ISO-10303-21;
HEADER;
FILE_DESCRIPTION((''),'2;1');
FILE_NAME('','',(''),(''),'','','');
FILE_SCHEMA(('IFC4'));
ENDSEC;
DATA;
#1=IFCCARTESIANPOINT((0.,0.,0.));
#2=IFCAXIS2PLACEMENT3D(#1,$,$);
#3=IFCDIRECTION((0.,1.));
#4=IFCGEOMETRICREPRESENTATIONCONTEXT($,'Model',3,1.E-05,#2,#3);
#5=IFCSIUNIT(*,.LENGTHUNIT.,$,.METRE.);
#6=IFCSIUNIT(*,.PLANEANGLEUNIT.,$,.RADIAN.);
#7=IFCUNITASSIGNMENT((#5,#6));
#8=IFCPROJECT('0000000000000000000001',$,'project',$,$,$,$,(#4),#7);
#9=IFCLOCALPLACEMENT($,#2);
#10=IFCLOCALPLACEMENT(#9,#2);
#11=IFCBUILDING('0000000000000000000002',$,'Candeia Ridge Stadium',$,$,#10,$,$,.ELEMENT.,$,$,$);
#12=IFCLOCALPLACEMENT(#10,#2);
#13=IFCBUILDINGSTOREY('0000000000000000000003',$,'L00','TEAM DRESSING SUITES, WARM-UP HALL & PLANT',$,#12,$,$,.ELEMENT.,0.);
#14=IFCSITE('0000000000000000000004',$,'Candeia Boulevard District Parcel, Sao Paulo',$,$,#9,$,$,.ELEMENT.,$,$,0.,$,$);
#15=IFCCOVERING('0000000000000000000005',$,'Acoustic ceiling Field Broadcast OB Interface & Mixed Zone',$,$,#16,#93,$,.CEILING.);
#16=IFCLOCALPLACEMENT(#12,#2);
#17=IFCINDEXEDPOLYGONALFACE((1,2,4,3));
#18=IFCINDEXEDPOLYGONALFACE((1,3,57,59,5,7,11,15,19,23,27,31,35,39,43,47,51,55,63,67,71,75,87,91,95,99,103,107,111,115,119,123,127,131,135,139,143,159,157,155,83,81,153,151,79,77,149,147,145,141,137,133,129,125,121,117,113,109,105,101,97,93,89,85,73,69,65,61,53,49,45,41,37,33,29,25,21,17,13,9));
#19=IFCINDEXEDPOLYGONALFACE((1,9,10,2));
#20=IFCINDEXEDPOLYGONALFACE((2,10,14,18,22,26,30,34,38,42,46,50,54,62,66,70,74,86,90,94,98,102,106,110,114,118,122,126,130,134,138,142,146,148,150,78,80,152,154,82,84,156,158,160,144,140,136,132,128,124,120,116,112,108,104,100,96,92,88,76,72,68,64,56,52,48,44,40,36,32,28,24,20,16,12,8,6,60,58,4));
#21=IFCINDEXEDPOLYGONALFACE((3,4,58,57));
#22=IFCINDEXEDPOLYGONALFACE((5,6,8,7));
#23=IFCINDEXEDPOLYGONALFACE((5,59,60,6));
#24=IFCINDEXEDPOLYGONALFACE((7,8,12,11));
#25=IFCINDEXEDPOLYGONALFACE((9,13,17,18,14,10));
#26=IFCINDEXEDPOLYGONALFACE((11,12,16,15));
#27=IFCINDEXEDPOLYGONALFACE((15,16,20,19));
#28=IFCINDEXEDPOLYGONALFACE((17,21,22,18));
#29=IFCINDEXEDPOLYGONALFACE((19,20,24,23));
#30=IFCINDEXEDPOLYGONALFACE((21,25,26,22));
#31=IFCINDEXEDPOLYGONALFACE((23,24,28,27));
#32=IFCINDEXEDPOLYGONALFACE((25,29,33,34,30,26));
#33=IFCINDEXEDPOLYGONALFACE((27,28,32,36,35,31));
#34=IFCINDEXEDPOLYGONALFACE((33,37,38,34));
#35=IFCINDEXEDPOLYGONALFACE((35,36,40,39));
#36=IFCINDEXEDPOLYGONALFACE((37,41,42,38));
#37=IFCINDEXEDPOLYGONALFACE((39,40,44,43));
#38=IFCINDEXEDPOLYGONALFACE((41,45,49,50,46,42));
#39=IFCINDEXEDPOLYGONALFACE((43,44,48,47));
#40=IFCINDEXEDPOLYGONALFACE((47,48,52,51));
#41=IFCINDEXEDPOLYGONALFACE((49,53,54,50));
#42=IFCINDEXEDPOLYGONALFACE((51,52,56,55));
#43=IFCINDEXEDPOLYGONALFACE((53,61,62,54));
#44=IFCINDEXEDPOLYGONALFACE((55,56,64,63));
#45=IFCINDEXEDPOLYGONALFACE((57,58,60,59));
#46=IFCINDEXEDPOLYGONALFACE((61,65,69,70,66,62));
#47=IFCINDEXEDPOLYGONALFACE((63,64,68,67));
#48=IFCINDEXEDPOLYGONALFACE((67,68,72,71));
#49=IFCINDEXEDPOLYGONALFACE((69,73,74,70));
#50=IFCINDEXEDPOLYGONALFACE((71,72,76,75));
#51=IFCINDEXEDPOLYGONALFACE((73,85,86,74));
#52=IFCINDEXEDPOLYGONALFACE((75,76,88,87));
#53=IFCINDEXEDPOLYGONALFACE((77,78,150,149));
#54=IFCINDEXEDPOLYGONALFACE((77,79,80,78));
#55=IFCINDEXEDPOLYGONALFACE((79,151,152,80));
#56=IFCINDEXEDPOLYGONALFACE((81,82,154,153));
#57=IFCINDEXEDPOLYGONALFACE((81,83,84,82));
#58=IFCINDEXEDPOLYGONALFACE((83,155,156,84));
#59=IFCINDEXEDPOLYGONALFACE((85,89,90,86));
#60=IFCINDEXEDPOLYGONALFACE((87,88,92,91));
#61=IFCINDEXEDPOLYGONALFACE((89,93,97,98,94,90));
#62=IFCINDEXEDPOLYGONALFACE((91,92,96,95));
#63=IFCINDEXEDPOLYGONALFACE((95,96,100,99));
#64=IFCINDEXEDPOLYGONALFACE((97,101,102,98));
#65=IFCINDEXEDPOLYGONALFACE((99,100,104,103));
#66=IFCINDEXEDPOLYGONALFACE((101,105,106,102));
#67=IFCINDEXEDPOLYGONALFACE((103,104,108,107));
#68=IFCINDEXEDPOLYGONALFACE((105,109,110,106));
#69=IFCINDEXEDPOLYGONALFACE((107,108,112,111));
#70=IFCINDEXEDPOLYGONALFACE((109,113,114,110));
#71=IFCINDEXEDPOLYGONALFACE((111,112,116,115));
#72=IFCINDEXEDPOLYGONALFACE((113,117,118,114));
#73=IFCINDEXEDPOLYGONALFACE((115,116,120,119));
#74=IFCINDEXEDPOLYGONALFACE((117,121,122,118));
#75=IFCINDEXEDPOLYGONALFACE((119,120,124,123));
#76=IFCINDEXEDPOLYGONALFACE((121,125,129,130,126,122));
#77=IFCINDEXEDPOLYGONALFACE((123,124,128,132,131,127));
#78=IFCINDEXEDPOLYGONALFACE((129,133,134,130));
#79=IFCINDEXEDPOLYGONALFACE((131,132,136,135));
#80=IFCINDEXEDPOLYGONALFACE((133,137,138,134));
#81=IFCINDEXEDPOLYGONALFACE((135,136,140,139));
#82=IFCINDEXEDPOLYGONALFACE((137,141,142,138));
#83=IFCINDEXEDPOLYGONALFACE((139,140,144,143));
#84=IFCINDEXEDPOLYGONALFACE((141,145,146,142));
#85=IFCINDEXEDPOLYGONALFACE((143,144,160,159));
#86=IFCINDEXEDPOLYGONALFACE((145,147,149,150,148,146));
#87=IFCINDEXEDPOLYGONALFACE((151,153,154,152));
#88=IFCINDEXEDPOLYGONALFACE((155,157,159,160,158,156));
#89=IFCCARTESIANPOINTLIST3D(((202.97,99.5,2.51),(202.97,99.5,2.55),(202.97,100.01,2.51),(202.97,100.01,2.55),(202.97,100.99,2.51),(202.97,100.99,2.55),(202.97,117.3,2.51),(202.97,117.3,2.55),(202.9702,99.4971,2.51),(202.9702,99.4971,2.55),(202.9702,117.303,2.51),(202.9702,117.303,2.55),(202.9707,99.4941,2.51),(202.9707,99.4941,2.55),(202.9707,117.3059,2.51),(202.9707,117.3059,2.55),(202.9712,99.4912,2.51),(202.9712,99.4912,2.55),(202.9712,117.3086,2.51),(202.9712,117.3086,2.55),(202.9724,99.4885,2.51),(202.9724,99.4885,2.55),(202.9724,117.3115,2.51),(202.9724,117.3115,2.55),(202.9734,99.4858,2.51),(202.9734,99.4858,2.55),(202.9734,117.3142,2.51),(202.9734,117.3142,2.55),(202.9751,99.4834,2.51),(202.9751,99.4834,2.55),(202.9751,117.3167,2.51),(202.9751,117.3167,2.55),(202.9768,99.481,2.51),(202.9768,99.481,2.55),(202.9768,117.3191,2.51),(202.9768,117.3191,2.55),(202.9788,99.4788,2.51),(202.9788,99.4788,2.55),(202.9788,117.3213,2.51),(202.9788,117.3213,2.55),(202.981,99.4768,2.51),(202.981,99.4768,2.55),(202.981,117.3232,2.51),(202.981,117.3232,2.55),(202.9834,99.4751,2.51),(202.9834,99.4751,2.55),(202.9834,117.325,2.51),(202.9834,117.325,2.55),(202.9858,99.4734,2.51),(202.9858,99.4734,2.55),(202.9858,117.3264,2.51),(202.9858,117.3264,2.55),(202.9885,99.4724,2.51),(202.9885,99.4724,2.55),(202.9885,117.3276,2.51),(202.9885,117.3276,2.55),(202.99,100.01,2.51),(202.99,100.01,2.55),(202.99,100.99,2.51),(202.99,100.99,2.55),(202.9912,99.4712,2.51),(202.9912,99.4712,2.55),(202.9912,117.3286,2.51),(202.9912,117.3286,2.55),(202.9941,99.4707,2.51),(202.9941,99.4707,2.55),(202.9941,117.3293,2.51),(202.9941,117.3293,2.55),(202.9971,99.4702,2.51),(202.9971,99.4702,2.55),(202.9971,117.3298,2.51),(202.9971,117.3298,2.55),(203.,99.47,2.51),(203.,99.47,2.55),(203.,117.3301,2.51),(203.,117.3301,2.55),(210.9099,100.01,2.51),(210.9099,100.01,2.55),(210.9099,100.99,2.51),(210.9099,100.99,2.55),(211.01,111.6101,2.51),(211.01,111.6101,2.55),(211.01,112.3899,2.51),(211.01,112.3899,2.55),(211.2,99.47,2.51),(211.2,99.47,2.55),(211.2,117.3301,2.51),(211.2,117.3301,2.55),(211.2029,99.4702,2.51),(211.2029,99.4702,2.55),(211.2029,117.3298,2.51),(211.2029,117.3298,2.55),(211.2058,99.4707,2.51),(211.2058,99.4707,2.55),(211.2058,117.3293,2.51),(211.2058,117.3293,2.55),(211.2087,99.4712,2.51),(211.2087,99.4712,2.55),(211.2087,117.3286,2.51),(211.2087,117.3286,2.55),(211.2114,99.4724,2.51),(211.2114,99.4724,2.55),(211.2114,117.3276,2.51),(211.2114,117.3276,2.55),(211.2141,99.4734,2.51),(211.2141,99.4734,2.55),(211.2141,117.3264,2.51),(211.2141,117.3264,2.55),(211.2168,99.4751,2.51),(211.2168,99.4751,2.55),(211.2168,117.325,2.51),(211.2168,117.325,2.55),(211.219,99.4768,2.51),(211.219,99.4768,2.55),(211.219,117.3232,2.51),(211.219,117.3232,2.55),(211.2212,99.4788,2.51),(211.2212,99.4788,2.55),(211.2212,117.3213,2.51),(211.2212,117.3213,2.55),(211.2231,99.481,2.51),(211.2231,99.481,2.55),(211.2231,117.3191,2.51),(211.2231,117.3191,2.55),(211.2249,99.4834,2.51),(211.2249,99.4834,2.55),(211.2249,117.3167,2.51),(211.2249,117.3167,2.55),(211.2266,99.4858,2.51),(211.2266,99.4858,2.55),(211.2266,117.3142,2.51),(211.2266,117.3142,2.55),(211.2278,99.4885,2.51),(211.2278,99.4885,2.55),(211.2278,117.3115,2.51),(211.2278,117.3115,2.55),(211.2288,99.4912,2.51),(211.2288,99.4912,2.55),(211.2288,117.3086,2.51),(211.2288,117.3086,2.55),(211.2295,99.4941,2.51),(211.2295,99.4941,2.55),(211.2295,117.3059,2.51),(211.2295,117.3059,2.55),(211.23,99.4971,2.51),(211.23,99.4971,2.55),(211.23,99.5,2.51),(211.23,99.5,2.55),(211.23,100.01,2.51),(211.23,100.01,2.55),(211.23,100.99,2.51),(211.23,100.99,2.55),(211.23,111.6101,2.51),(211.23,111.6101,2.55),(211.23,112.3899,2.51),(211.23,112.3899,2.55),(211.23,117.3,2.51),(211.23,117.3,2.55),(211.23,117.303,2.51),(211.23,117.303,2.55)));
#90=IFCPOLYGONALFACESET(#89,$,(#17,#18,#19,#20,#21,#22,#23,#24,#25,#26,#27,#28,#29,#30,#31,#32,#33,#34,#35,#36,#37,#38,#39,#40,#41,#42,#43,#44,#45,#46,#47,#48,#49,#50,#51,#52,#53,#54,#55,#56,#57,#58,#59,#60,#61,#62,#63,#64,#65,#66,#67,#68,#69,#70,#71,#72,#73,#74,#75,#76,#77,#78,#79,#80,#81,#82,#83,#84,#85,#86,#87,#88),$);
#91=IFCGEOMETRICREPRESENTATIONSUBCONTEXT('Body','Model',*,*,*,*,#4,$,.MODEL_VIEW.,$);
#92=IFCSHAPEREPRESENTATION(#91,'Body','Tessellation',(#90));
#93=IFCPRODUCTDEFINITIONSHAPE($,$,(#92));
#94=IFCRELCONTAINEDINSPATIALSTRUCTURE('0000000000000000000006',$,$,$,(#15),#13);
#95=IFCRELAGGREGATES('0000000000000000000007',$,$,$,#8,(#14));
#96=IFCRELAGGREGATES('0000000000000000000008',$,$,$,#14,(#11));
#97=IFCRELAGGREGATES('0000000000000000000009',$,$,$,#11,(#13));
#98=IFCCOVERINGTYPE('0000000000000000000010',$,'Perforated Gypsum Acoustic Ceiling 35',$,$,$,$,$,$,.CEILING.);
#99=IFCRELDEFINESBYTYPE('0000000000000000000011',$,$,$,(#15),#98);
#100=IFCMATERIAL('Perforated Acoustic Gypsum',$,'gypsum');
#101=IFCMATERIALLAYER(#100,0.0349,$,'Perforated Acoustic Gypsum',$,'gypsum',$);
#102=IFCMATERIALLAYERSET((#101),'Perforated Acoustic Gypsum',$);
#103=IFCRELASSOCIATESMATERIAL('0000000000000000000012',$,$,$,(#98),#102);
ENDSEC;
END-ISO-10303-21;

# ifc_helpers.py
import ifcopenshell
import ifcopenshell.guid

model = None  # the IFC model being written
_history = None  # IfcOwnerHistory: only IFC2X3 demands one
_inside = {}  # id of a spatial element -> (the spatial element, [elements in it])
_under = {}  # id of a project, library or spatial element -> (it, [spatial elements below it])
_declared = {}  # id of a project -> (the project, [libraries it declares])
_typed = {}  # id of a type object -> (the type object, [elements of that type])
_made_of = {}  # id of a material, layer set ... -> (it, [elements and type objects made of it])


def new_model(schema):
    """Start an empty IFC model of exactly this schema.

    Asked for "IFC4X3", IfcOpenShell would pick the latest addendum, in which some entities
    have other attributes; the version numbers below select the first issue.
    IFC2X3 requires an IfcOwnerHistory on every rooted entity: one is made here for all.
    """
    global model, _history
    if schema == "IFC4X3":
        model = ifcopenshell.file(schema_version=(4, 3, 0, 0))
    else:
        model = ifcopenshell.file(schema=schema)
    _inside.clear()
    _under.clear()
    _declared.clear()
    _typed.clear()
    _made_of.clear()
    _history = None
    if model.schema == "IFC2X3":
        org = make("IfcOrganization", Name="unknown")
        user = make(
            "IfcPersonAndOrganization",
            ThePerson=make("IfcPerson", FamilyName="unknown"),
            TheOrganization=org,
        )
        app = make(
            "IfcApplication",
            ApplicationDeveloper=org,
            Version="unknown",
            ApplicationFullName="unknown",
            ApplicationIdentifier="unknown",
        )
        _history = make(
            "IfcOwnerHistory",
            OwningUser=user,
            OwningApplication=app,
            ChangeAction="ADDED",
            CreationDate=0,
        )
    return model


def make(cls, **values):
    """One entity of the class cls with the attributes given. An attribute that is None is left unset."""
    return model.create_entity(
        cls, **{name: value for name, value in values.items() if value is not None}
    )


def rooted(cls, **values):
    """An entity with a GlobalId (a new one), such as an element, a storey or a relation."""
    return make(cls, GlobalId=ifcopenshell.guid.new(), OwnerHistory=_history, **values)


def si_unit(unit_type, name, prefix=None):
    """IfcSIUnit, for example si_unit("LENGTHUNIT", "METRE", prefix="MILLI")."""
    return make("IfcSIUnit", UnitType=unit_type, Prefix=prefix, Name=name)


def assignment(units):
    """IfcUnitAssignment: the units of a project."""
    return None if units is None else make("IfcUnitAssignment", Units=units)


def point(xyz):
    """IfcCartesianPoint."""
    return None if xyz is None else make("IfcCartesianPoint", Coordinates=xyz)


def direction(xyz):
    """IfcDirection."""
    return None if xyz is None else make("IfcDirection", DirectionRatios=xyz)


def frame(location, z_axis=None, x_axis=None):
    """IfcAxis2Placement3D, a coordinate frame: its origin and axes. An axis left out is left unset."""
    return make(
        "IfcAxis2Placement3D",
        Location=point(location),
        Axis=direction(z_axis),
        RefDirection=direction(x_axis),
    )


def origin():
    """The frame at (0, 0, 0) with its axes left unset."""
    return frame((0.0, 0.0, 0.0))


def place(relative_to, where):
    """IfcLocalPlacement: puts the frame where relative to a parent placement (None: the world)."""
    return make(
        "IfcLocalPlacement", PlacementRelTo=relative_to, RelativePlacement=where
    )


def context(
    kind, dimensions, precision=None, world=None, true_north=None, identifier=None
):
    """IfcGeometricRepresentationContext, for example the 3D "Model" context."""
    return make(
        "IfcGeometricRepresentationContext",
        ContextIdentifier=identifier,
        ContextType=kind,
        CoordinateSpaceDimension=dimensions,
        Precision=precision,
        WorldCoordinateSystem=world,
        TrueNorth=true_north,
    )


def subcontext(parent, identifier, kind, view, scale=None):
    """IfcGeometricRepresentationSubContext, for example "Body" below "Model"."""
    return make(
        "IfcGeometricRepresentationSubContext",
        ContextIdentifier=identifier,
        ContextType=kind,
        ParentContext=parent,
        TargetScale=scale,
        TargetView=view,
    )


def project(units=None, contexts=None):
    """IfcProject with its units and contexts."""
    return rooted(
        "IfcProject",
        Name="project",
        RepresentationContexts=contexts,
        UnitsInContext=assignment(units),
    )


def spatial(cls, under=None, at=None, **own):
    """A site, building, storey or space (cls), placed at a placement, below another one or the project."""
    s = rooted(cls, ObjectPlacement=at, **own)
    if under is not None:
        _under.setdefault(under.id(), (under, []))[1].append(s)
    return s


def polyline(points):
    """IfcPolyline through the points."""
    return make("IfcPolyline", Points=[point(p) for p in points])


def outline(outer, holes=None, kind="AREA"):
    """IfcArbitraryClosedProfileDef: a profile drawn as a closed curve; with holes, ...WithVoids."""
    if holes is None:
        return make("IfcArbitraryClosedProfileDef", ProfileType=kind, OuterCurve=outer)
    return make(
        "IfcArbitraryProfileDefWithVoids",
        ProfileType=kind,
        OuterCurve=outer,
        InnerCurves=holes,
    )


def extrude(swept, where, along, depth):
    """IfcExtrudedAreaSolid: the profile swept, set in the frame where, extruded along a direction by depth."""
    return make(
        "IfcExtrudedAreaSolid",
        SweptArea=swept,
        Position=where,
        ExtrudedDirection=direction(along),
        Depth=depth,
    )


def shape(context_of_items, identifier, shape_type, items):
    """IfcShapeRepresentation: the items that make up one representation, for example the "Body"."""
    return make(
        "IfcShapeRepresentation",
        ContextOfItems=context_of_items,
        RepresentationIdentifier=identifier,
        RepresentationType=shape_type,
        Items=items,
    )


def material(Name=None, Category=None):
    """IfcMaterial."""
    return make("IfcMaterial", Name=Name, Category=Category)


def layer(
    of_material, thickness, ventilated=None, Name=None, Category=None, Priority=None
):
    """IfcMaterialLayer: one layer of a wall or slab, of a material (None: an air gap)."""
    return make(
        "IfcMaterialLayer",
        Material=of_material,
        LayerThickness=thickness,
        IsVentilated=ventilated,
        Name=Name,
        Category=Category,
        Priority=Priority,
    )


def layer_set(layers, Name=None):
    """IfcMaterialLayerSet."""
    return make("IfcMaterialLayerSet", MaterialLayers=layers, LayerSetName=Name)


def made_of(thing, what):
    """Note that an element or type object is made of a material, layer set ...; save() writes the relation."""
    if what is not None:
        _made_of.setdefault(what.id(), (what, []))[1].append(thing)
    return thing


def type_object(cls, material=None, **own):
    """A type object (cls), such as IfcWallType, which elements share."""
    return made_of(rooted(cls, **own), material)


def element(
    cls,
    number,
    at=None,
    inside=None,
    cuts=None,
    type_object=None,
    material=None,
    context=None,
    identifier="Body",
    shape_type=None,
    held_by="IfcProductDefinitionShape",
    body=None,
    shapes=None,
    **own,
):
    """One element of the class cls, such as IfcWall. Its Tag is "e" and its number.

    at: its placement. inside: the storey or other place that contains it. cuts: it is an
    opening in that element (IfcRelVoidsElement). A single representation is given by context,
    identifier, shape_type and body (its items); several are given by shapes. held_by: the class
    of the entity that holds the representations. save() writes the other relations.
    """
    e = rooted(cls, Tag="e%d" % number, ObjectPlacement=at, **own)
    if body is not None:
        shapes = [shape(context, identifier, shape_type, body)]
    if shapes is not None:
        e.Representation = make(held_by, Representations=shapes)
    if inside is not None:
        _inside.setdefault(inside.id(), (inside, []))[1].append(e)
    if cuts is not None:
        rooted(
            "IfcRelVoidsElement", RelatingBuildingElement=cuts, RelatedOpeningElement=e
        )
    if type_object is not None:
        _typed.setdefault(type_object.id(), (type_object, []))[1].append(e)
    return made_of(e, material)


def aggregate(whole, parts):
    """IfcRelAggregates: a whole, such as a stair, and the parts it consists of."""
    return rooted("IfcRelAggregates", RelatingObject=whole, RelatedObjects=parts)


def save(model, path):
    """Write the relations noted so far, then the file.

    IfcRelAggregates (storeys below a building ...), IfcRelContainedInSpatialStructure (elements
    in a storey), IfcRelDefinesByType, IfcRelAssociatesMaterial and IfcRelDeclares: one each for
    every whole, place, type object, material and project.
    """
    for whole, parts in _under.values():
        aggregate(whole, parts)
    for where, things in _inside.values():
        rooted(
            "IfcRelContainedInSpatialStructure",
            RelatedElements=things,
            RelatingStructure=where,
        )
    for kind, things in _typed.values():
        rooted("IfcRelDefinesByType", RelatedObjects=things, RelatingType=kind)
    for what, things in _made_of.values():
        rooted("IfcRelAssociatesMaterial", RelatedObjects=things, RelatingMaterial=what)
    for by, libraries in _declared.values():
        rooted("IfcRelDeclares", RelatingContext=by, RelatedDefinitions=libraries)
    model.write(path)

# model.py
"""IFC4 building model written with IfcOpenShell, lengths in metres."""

from ifc_helpers import new_model, si_unit, direction, frame, origin, place, context, subcontext, project, spatial, polyline, outline, extrude, material, layer, layer_set, type_object, element, save


model = new_model("IFC4")

# Units and contexts
model_context = context("Model", 3, precision=1e-05, world=origin(), true_north=direction((0.0, 1.0)))
body_context = subcontext(model_context, "Body", "Model", "MODEL_VIEW")
ifc_project = project(units=[si_unit("LENGTHUNIT", "METRE"), si_unit("PLANEANGLEUNIT", "RADIAN")], contexts=[model_context])

# Site, building, storey
site_placement = place(None, origin())
site = spatial("IfcSite", under=ifc_project, at=site_placement, Name="Candeia Boulevard District Parcel, Sao Paulo", CompositionType="ELEMENT", RefElevation=0.0)
building_placement = place(site_placement, origin())
building = spatial("IfcBuilding", under=site, at=building_placement, Name="Candeia Ridge Stadium", CompositionType="ELEMENT")
storey_placement = place(building_placement, origin())
storey = spatial("IfcBuildingStorey", under=building, at=storey_placement, Name="L00", Description="TEAM DRESSING SUITES, WARM-UP HALL & PLANT", CompositionType="ELEMENT", Elevation=0.0)

# Covering
ifc_material_1 = material(Name="Perforated Acoustic Gypsum", Category="gypsum")
ifc_layer_1 = layer(ifc_material_1, 0.0349, Name="Perforated Acoustic Gypsum", Category="gypsum")
ifc_layer_set_1 = layer_set([ifc_layer_1], Name="Perforated Acoustic Gypsum")
covering_type_1 = type_object("IfcCoveringType", Name="Perforated Gypsum Acoustic Ceiling 35", PredefinedType="CEILING", material=ifc_layer_set_1)
covering_1_placement = place(storey_placement, frame((0.0, 0.0, 2.51)))
element("IfcCovering", 1, at=covering_1_placement, inside=storey, type_object=covering_type_1, Name="Acoustic ceiling Field Broadcast OB Interface & Mixed Zone", PredefinedType="CEILING", context=body_context, shape_type="SweptSolid", body=[
    extrude(outline(polyline([(202.9941, 99.4707), (202.9912, 99.4712), (202.9885, 99.4724), (202.9858, 99.4734), (202.9834, 99.4751), (202.981, 99.4768), (202.9788, 99.4788), (202.9768, 99.481), (202.9751, 99.4834), (202.9734, 99.4858), (202.9724, 99.4885), (202.9712, 99.4912), (202.9707, 99.4941), (202.9702, 99.4971), (202.97, 99.5), (202.97, 100.01), (202.99, 100.01), (202.99, 100.99), (202.97, 100.99), (202.97, 117.3), (202.9702, 117.303), (202.9707, 117.3059), (202.9712, 117.3086), (202.9724, 117.3115), (202.9734, 117.3142), (202.9751, 117.3167), (202.9768, 117.3191), (202.9788, 117.3213), (202.981, 117.3232), (202.9834, 117.325), (202.9858, 117.3264), (202.9885, 117.3276), (202.9912, 117.3286), (202.9941, 117.3293), (202.9971, 117.3298), (203.0, 117.3301), (211.2, 117.3301), (211.2029, 117.3298), (211.2058, 117.3293), (211.2087, 117.3286), (211.2114, 117.3276), (211.2141, 117.3264), (211.2168, 117.325), (211.219, 117.3232), (211.2212, 117.3213), (211.2231, 117.3191), (211.2249, 117.3167), (211.2266, 117.3142), (211.2278, 117.3115), (211.2288, 117.3086), (211.2295, 117.3059), (211.23, 117.303), (211.23, 117.3), (211.23, 112.3899), (211.01, 112.3899), (211.01, 111.6101), (211.23, 111.6101), (211.23, 100.99), (210.9099, 100.99), (210.9099, 100.01), (211.23, 100.01), (211.23, 99.5), (211.23, 99.4971), (211.2295, 99.4941), (211.2288, 99.4912), (211.2278, 99.4885), (211.2266, 99.4858), (211.2249, 99.4834), (211.2231, 99.481), (211.2212, 99.4788), (211.219, 99.4768), (211.2168, 99.4751), (211.2141, 99.4734), (211.2114, 99.4724), (211.2087, 99.4712), (211.2058, 99.4707), (211.2029, 99.4702), (211.2, 99.47), (203.0, 99.47), (202.9971, 99.4702), (202.9941, 99.4707)])), origin(), (0.0, 0.0, 1.0), 0.04),
])

save(model, "model.ifc")
